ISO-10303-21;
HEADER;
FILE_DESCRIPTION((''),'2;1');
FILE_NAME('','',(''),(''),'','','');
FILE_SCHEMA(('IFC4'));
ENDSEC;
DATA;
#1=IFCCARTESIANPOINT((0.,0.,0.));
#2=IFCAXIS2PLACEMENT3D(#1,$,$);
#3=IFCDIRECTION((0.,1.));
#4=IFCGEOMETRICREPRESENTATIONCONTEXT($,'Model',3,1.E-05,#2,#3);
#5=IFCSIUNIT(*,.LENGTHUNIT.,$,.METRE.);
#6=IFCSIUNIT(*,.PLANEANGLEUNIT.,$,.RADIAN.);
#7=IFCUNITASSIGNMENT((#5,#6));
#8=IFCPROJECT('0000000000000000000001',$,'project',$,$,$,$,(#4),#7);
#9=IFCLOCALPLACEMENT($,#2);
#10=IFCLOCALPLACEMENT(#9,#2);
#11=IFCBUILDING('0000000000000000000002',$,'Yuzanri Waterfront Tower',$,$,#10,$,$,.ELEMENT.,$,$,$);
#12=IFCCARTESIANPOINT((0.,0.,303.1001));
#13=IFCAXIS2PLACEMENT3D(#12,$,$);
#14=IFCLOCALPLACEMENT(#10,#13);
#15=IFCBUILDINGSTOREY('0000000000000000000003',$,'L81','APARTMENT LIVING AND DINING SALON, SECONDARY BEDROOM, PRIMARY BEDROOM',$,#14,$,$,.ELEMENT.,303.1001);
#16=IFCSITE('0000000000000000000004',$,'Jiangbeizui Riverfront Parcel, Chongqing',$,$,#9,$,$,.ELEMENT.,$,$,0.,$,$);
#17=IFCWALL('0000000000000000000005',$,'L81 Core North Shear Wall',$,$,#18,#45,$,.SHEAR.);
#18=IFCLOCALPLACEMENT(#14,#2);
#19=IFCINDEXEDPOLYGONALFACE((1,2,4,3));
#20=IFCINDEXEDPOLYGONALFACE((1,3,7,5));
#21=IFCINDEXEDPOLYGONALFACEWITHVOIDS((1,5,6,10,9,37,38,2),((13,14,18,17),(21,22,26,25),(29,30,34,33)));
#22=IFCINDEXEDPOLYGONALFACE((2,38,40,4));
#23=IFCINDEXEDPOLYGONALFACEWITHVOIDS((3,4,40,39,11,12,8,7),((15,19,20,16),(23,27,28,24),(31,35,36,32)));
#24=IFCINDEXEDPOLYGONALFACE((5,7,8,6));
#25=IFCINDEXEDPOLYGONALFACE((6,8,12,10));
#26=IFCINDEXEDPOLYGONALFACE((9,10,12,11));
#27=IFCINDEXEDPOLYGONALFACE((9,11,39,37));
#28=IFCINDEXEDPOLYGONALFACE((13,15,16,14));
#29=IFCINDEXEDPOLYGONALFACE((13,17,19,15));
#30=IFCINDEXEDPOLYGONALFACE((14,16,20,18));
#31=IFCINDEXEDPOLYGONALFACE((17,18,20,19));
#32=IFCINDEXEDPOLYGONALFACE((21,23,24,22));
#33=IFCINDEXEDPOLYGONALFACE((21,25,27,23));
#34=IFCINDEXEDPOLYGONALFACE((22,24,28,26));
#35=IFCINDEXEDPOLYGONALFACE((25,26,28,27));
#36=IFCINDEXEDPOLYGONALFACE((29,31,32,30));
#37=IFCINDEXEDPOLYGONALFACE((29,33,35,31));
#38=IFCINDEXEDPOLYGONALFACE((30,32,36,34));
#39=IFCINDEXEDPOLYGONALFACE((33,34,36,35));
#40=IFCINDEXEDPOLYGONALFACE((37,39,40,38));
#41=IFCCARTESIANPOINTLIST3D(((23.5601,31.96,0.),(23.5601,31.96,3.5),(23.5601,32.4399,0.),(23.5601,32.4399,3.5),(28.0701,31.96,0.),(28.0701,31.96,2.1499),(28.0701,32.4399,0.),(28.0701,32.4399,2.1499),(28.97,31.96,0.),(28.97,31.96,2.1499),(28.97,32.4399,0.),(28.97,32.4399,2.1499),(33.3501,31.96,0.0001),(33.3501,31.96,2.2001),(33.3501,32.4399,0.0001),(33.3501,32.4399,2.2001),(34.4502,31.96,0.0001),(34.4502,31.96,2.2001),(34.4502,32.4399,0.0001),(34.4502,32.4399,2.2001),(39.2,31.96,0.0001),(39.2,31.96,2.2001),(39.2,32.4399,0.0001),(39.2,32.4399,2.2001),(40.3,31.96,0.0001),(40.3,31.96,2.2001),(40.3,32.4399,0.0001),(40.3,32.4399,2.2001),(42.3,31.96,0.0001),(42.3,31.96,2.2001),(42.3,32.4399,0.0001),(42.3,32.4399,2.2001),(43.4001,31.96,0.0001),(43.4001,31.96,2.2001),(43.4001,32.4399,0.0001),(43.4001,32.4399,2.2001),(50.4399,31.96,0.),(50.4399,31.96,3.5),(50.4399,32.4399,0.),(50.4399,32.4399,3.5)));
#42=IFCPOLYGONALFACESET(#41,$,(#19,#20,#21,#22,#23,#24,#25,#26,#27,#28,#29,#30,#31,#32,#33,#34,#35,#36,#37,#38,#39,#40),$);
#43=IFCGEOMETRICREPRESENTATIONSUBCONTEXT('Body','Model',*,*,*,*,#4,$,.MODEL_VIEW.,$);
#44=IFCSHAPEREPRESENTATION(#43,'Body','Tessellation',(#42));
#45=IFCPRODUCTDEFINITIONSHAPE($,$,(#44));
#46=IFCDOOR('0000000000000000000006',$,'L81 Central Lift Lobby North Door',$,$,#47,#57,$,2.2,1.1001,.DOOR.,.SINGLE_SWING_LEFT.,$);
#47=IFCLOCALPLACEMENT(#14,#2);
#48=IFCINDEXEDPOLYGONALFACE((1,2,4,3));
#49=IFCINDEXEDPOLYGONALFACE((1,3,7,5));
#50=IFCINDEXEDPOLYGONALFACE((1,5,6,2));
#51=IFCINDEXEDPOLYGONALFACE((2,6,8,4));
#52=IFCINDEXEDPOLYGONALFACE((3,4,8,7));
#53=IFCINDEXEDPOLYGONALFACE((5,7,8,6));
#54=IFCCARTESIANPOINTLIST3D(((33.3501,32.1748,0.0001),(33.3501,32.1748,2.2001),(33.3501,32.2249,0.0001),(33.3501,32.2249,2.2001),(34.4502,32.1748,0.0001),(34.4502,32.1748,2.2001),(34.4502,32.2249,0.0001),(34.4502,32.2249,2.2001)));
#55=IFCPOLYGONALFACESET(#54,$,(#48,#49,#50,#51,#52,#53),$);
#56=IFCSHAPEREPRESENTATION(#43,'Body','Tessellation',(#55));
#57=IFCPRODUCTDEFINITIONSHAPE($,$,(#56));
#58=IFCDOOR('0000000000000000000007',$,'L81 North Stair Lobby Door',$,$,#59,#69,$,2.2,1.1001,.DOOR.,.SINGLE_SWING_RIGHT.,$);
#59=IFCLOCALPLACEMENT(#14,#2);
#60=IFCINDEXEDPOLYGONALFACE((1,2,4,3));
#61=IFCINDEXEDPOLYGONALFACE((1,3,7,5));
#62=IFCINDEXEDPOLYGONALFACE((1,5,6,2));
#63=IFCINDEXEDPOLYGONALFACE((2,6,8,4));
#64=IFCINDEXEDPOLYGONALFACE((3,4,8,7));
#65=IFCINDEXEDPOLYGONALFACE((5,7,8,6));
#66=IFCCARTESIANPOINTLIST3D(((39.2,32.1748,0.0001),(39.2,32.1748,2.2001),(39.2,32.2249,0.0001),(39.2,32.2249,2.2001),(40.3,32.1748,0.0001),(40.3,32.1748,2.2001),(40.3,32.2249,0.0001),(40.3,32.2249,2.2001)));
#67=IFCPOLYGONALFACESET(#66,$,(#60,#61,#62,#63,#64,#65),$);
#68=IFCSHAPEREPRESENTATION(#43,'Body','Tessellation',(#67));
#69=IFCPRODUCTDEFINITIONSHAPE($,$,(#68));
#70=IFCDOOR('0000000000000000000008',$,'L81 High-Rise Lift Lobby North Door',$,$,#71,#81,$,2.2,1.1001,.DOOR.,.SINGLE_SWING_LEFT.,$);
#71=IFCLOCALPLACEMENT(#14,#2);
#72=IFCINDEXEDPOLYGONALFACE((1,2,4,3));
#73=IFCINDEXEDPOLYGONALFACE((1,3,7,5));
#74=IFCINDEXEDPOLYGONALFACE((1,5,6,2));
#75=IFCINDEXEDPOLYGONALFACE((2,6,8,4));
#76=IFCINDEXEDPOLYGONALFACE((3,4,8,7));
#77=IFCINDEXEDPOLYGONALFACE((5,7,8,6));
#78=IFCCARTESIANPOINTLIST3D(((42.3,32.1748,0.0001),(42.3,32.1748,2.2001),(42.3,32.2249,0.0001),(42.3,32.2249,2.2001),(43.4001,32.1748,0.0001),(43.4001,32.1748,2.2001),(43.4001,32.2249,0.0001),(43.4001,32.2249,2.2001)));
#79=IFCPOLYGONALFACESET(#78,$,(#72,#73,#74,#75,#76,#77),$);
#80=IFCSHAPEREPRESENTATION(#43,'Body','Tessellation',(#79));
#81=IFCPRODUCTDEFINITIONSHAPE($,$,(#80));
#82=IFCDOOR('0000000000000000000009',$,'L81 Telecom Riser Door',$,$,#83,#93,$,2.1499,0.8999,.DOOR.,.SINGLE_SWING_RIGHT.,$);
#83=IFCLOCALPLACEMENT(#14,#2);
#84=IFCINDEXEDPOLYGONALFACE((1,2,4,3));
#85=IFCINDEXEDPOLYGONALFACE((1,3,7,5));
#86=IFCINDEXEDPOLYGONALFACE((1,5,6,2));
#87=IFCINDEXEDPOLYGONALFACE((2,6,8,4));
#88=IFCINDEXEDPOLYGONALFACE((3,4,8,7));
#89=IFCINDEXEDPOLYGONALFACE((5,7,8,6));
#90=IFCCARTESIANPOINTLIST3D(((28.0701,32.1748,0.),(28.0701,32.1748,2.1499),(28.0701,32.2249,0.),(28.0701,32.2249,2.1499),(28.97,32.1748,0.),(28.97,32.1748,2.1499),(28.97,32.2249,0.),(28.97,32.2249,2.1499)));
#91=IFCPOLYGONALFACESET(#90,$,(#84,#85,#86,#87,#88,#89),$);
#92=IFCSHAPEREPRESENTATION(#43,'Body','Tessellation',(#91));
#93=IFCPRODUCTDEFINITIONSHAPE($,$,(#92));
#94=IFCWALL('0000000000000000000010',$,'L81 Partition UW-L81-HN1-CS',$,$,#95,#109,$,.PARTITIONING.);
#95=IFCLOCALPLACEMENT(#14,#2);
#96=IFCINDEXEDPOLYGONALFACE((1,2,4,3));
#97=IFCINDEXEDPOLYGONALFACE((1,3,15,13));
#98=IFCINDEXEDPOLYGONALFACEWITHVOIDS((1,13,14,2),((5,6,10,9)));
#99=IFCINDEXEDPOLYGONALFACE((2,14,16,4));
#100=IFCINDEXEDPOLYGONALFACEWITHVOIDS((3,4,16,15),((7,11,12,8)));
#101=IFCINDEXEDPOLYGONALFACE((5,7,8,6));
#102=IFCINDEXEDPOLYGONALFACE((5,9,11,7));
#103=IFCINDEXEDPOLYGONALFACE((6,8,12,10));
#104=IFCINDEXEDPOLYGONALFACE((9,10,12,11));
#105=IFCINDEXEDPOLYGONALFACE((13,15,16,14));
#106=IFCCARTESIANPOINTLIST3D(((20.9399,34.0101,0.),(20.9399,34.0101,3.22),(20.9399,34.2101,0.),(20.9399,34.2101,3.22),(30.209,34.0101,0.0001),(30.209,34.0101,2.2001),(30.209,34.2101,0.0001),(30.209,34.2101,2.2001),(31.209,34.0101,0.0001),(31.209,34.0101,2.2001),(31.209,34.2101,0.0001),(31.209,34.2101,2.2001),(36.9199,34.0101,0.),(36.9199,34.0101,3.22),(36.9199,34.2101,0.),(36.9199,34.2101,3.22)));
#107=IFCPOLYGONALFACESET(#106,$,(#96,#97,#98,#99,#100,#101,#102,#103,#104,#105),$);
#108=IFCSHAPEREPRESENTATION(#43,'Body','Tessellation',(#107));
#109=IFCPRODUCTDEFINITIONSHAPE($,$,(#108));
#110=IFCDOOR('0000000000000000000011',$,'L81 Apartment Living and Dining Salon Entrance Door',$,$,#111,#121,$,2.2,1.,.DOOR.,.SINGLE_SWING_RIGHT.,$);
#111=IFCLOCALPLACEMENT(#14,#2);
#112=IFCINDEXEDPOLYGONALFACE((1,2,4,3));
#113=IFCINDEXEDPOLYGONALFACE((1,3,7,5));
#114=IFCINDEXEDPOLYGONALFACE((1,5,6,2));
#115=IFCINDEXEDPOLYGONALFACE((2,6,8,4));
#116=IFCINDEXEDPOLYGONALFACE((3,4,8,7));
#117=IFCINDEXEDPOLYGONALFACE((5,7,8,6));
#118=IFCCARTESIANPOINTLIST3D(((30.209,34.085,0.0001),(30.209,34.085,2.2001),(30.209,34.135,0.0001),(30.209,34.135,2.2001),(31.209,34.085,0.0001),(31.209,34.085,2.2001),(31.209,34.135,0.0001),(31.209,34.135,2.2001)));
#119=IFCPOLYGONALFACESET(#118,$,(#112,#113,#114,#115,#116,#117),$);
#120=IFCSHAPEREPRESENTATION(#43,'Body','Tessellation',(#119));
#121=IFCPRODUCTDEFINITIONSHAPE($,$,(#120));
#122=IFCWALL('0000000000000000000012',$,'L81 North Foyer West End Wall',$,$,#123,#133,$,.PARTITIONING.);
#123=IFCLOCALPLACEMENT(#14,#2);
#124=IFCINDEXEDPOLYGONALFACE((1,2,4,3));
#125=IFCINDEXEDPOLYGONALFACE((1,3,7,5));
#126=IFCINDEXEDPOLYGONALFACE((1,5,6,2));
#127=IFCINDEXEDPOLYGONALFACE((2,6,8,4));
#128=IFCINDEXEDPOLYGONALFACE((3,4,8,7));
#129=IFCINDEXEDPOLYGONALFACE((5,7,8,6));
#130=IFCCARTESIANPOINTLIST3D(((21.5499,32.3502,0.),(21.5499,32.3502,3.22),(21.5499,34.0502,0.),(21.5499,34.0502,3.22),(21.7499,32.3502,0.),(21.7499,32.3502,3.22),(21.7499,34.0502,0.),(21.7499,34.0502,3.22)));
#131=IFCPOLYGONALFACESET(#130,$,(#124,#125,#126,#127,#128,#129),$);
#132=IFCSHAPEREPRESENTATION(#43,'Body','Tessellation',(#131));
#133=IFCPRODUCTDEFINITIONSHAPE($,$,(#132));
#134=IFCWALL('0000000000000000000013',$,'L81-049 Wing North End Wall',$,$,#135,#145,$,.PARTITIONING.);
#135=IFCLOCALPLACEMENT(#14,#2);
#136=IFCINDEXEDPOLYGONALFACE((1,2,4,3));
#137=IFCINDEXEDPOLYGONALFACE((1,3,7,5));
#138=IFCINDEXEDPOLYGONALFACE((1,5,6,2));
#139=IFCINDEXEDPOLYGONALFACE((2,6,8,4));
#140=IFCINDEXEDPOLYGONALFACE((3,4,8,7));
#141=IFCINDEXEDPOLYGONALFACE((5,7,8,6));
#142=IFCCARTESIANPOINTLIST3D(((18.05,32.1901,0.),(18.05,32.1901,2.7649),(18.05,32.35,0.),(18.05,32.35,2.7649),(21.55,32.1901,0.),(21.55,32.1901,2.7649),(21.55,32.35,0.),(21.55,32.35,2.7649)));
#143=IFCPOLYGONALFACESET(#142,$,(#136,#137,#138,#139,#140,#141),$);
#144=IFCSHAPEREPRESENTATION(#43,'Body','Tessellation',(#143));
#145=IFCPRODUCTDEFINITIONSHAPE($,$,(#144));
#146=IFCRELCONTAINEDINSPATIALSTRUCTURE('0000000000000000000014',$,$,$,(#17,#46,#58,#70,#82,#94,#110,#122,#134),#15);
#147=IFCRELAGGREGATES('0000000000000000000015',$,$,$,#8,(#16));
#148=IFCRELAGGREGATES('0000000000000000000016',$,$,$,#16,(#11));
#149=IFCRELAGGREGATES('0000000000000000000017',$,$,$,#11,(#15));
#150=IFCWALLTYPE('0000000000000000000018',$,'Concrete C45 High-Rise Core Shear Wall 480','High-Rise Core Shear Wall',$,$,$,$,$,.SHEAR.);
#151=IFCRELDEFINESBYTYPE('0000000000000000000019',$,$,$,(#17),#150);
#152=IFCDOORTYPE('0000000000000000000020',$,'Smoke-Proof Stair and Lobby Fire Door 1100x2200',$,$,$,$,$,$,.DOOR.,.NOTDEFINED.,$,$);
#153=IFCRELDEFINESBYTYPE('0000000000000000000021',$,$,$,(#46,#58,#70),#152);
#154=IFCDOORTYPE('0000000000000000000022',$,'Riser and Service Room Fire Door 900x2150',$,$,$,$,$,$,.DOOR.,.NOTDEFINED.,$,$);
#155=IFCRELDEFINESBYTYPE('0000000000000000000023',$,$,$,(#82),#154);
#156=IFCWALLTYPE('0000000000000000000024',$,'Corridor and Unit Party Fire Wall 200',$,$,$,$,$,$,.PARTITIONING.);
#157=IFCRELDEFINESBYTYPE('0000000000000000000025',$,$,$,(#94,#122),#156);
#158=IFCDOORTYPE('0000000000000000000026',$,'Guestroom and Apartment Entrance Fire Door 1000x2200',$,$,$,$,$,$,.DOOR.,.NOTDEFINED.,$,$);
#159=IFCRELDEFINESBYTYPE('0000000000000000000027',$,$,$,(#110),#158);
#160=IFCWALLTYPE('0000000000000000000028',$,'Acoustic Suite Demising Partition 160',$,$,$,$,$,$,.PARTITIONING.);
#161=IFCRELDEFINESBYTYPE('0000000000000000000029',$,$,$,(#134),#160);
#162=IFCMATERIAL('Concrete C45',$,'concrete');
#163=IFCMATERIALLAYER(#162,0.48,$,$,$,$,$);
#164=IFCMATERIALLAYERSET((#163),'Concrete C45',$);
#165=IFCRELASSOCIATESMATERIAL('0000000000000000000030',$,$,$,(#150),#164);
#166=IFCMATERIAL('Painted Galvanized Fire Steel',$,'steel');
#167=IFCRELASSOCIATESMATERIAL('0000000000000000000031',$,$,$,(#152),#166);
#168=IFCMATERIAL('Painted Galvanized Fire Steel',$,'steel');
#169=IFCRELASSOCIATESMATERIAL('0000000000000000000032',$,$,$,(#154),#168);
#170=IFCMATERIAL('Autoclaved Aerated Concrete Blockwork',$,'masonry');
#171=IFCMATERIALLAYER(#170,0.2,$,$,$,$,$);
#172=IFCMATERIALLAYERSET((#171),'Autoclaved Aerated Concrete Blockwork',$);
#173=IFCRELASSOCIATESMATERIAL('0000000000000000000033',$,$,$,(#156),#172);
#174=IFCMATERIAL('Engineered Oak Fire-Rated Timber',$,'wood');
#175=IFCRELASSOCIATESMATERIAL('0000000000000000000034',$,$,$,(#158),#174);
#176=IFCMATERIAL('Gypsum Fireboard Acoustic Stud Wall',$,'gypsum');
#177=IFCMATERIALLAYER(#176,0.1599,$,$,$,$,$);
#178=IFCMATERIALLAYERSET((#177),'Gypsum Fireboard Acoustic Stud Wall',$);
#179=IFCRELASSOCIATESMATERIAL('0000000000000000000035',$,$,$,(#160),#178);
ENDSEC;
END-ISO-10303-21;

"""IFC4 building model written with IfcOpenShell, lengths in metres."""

from ifc_helpers import new_model, si_unit, direction, frame, frame_2d, origin, place, context, subcontext, project, spatial, rectangle, extrude, source, transform, mapped, material, layer, layer_set, type_object, element, fill, save


model = new_model("IFC4")

# Units and contexts
model_context = context("Model", 3, precision=1e-05, world=origin(), true_north=direction((0.0, 1.0)))
body_context = subcontext(model_context, "Body", "Model", "MODEL_VIEW")
ifc_project = project(units=[si_unit("LENGTHUNIT", "METRE"), si_unit("PLANEANGLEUNIT", "RADIAN")], contexts=[model_context])

# Site, building, storey
site_placement = place(None, origin())
site = spatial("IfcSite", under=ifc_project, at=site_placement, Name="Jiangbeizui Riverfront Parcel, Chongqing", CompositionType="ELEMENT", RefElevation=0.0)
building_placement = place(site_placement, origin())
building = spatial("IfcBuilding", under=site, at=building_placement, Name="Yuzanri Waterfront Tower", CompositionType="ELEMENT")
storey_placement = place(building_placement, frame((0.0, 0.0, 303.1001)))
storey = spatial("IfcBuildingStorey", under=building, at=storey_placement, Name="L81", Description="APARTMENT LIVING AND DINING SALON, SECONDARY BEDROOM, PRIMARY BEDROOM", CompositionType="ELEMENT", Elevation=303.1001)

# Wall, openings, doors
ifc_material_1 = material(Name="Concrete C45", Category="concrete")
ifc_layer_1 = layer(ifc_material_1, 0.48)
ifc_layer_set_1 = layer_set([ifc_layer_1], Name="Concrete C45")
wall_type_1 = type_object("IfcWallType", Name="Concrete C45 High-Rise Core Shear Wall 480", Description="High-Rise Core Shear Wall", PredefinedType="SHEAR", material=ifc_layer_set_1)
wall_1_placement = place(storey_placement, frame((23.5601, 32.2, 0.0), z_axis=(0.0, 0.0, 1.0), x_axis=(1.0, 0.0, 0.0)))
wall_1 = element("IfcWall", 1, at=wall_1_placement, inside=storey, type_object=wall_type_1, Name="L81 Core North Shear Wall", PredefinedType="SHEAR", context=body_context, shape_type="SweptSolid", body=[
    extrude(rectangle(XDim=26.8799, YDim=0.48, at=frame_2d((13.4399, 0.0))), origin(), (0.0, 0.0, 1.0), 3.5),
])
opening_1_placement = place(wall_1_placement, frame((4.51, 0.0, 0.0)))
opening_1 = element("IfcOpeningElement", 2, at=opening_1_placement, cuts=wall_1, PredefinedType="OPENING", context=body_context, shape_type="SweptSolid", body=[
    extrude(rectangle(XDim=0.8999, YDim=2.1499, at=frame_2d((0.45, 1.075))), frame((0.0, 0.2549, 0.0), z_axis=(0.0, -1.0, 0.0), x_axis=(1.0, 0.0, 0.0)), (0.0, 0.0, 1.0), 0.5098),
])
opening_2_placement = place(wall_1_placement, frame((9.79, 0.0, 0.0)))
opening_2 = element("IfcOpeningElement", 3, at=opening_2_placement, cuts=wall_1, PredefinedType="OPENING", context=body_context, shape_type="SweptSolid", body=[
    extrude(rectangle(XDim=1.1001, YDim=2.2, at=frame_2d((0.55, 1.1001))), frame((0.0, 0.2549, 0.0), z_axis=(0.0, -1.0, 0.0), x_axis=(1.0, 0.0, 0.0)), (0.0, 0.0, 1.0), 0.5098),
])
opening_3_placement = place(wall_1_placement, frame((15.6399, 0.0, 0.0)))
opening_3 = element("IfcOpeningElement", 4, at=opening_3_placement, cuts=wall_1, PredefinedType="OPENING", context=body_context, shape_type="SweptSolid", body=[
    extrude(rectangle(XDim=1.1001, YDim=2.2, at=frame_2d((0.55, 1.1001))), frame((0.0, 0.2549, 0.0), z_axis=(0.0, -1.0, 0.0), x_axis=(1.0, 0.0, 0.0)), (0.0, 0.0, 1.0), 0.5098),
])
opening_4_placement = place(wall_1_placement, frame((18.74, 0.0, 0.0)))
opening_4 = element("IfcOpeningElement", 5, at=opening_4_placement, cuts=wall_1, PredefinedType="OPENING", context=body_context, shape_type="SweptSolid", body=[
    extrude(rectangle(XDim=1.1001, YDim=2.2, at=frame_2d((0.55, 1.1001))), frame((0.0, 0.2549, 0.0), z_axis=(0.0, -1.0, 0.0), x_axis=(1.0, 0.0, 0.0)), (0.0, 0.0, 1.0), 0.5098),
])
ifc_material_2 = material(Name="Painted Galvanized Fire Steel", Category="steel")
door_type_1 = type_object("IfcDoorType", Name="Smoke-Proof Stair and Lobby Fire Door 1100x2200", OperationType="NOTDEFINED", PredefinedType="DOOR", material=ifc_material_2)
shared_shape_1 = source(origin(), body_context, "Body", "SweptSolid", [
    extrude(rectangle(XDim=1.1001, YDim=2.2, at=frame_2d((0.55, 1.1001))), frame((0.0, 0.0249, 0.0), z_axis=(0.0, -1.0, 0.0), x_axis=(1.0, 0.0, 0.0)), (0.0, 0.0, 1.0), 0.05),
])
door_1_placement = place(opening_2_placement, origin())
door_1 = element("IfcDoor", 6, at=door_1_placement, inside=storey, type_object=door_type_1, Name="L81 Central Lift Lobby North Door", OperationType="SINGLE_SWING_LEFT", OverallHeight=2.2, OverallWidth=1.1001, PredefinedType="DOOR", context=body_context, shape_type="MappedRepresentation", body=[
    mapped(shared_shape_1, transform((0.0, 0.0, 0.0), scale=1.0)),
])
fill(opening_2, door_1)
door_2_placement = place(opening_3_placement, origin())
door_2 = element("IfcDoor", 7, at=door_2_placement, inside=storey, type_object=door_type_1, Name="L81 North Stair Lobby Door", OperationType="SINGLE_SWING_RIGHT", OverallHeight=2.2, OverallWidth=1.1001, PredefinedType="DOOR", context=body_context, shape_type="MappedRepresentation", body=[
    mapped(shared_shape_1, transform((0.0, 0.0, 0.0), scale=1.0)),
])
fill(opening_3, door_2)
door_3_placement = place(opening_4_placement, origin())
door_3 = element("IfcDoor", 8, at=door_3_placement, inside=storey, type_object=door_type_1, Name="L81 High-Rise Lift Lobby North Door", OperationType="SINGLE_SWING_LEFT", OverallHeight=2.2, OverallWidth=1.1001, PredefinedType="DOOR", context=body_context, shape_type="MappedRepresentation", body=[
    mapped(shared_shape_1, transform((0.0, 0.0, 0.0), scale=1.0)),
])
fill(opening_4, door_3)
ifc_material_3 = material(Name="Painted Galvanized Fire Steel", Category="steel")
door_type_2 = type_object("IfcDoorType", Name="Riser and Service Room Fire Door 900x2150", OperationType="NOTDEFINED", PredefinedType="DOOR", material=ifc_material_3)
shared_shape_2 = source(origin(), body_context, "Body", "SweptSolid", [
    extrude(rectangle(XDim=0.8999, YDim=2.1499, at=frame_2d((0.45, 1.075))), frame((0.0, 0.0249, 0.0), z_axis=(0.0, -1.0, 0.0), x_axis=(1.0, 0.0, 0.0)), (0.0, 0.0, 1.0), 0.05),
])
door_4_placement = place(opening_1_placement, origin())
door_4 = element("IfcDoor", 9, at=door_4_placement, inside=storey, type_object=door_type_2, Name="L81 Telecom Riser Door", OperationType="SINGLE_SWING_RIGHT", OverallHeight=2.1499, OverallWidth=0.8999, PredefinedType="DOOR", context=body_context, shape_type="MappedRepresentation", body=[
    mapped(shared_shape_2, transform((0.0, 0.0, 0.0), scale=1.0)),
])
fill(opening_1, door_4)

# Wall, opening, door
ifc_material_4 = material(Name="Autoclaved Aerated Concrete Blockwork", Category="masonry")
ifc_layer_2 = layer(ifc_material_4, 0.2)
ifc_layer_set_2 = layer_set([ifc_layer_2], Name="Autoclaved Aerated Concrete Blockwork")
wall_type_2 = type_object("IfcWallType", Name="Corridor and Unit Party Fire Wall 200", PredefinedType="PARTITIONING", material=ifc_layer_set_2)
wall_2_placement = place(storey_placement, frame((20.9399, 34.1101, 0.0), z_axis=(0.0, 0.0, 1.0), x_axis=(1.0, 0.0, 0.0)))
wall_2 = element("IfcWall", 10, at=wall_2_placement, inside=storey, type_object=wall_type_2, Name="L81 Partition UW-L81-HN1-CS", PredefinedType="PARTITIONING", context=body_context, shape_type="SweptSolid", body=[
    extrude(rectangle(XDim=15.98, YDim=0.2, at=frame_2d((7.99, 0.0))), origin(), (0.0, 0.0, 1.0), 3.22),
])
opening_5_placement = place(wall_2_placement, frame((9.269, 0.0, 0.0)))
opening_5 = element("IfcOpeningElement", 11, at=opening_5_placement, cuts=wall_2, PredefinedType="OPENING", context=body_context, shape_type="SweptSolid", body=[
    extrude(rectangle(XDim=1.0, YDim=2.2, at=frame_2d((0.5, 1.1001))), frame((0.0, 0.1147, 0.0), z_axis=(0.0, -1.0, 0.0), x_axis=(1.0, 0.0, 0.0)), (0.0, 0.0, 1.0), 0.2297),
])
ifc_material_5 = material(Name="Engineered Oak Fire-Rated Timber", Category="wood")
door_type_3 = type_object("IfcDoorType", Name="Guestroom and Apartment Entrance Fire Door 1000x2200", OperationType="NOTDEFINED", PredefinedType="DOOR", material=ifc_material_5)
shared_shape_3 = source(origin(), body_context, "Body", "SweptSolid", [
    extrude(rectangle(XDim=1.0, YDim=2.2, at=frame_2d((0.5, 1.1001))), frame((0.0, 0.0249, 0.0), z_axis=(0.0, -1.0, 0.0), x_axis=(1.0, 0.0, 0.0)), (0.0, 0.0, 1.0), 0.05),
])
door_5_placement = place(opening_5_placement, origin())
door_5 = element("IfcDoor", 12, at=door_5_placement, inside=storey, type_object=door_type_3, Name="L81 Apartment Living and Dining Salon Entrance Door", OperationType="SINGLE_SWING_RIGHT", OverallHeight=2.2, OverallWidth=1.0, PredefinedType="DOOR", context=body_context, shape_type="MappedRepresentation", body=[
    mapped(shared_shape_3, transform((0.0, 0.0, 0.0), scale=1.0)),
])
fill(opening_5, door_5)

# Walls
shared_shape_4 = source(origin(), body_context, "Body", "SweptSolid", [
    extrude(rectangle(XDim=1.7, YDim=0.2, at=frame_2d((0.8501, 0.0))), origin(), (0.0, 0.0, 1.0), 3.22),
])
wall_3_placement = place(storey_placement, frame((21.6499, 32.3501, 0.0), z_axis=(0.0, 0.0, 1.0), x_axis=(0.0, 1.0, 0.0)))
element("IfcWall", 13, at=wall_3_placement, inside=storey, type_object=wall_type_2, Name="L81 North Foyer West End Wall", PredefinedType="PARTITIONING", context=body_context, shape_type="MappedRepresentation", body=[
    mapped(shared_shape_4, transform((0.0, 0.0, 0.0), scale=1.0)),
])
ifc_material_6 = material(Name="Gypsum Fireboard Acoustic Stud Wall", Category="gypsum")
ifc_layer_3 = layer(ifc_material_6, 0.1599)
ifc_layer_set_3 = layer_set([ifc_layer_3], Name="Gypsum Fireboard Acoustic Stud Wall")
wall_type_3 = type_object("IfcWallType", Name="Acoustic Suite Demising Partition 160", PredefinedType="PARTITIONING", material=ifc_layer_set_3)
shared_shape_5 = source(origin(), body_context, "Body", "SweptSolid", [
    extrude(rectangle(XDim=3.5, YDim=0.1599, at=frame_2d((1.75, 0.0))), origin(), (0.0, 0.0, 1.0), 2.7649),
])
wall_4_placement = place(storey_placement, frame((18.05, 32.27, 0.0), z_axis=(0.0, 0.0, 1.0), x_axis=(1.0, 0.0, 0.0)))
element("IfcWall", 14, at=wall_4_placement, inside=storey, type_object=wall_type_3, Name="L81-049 Wing North End Wall", PredefinedType="PARTITIONING", context=body_context, shape_type="MappedRepresentation", body=[
    mapped(shared_shape_5, transform((0.0, 0.0, 0.0), scale=1.0)),
])

save(model, "model.ifc")
